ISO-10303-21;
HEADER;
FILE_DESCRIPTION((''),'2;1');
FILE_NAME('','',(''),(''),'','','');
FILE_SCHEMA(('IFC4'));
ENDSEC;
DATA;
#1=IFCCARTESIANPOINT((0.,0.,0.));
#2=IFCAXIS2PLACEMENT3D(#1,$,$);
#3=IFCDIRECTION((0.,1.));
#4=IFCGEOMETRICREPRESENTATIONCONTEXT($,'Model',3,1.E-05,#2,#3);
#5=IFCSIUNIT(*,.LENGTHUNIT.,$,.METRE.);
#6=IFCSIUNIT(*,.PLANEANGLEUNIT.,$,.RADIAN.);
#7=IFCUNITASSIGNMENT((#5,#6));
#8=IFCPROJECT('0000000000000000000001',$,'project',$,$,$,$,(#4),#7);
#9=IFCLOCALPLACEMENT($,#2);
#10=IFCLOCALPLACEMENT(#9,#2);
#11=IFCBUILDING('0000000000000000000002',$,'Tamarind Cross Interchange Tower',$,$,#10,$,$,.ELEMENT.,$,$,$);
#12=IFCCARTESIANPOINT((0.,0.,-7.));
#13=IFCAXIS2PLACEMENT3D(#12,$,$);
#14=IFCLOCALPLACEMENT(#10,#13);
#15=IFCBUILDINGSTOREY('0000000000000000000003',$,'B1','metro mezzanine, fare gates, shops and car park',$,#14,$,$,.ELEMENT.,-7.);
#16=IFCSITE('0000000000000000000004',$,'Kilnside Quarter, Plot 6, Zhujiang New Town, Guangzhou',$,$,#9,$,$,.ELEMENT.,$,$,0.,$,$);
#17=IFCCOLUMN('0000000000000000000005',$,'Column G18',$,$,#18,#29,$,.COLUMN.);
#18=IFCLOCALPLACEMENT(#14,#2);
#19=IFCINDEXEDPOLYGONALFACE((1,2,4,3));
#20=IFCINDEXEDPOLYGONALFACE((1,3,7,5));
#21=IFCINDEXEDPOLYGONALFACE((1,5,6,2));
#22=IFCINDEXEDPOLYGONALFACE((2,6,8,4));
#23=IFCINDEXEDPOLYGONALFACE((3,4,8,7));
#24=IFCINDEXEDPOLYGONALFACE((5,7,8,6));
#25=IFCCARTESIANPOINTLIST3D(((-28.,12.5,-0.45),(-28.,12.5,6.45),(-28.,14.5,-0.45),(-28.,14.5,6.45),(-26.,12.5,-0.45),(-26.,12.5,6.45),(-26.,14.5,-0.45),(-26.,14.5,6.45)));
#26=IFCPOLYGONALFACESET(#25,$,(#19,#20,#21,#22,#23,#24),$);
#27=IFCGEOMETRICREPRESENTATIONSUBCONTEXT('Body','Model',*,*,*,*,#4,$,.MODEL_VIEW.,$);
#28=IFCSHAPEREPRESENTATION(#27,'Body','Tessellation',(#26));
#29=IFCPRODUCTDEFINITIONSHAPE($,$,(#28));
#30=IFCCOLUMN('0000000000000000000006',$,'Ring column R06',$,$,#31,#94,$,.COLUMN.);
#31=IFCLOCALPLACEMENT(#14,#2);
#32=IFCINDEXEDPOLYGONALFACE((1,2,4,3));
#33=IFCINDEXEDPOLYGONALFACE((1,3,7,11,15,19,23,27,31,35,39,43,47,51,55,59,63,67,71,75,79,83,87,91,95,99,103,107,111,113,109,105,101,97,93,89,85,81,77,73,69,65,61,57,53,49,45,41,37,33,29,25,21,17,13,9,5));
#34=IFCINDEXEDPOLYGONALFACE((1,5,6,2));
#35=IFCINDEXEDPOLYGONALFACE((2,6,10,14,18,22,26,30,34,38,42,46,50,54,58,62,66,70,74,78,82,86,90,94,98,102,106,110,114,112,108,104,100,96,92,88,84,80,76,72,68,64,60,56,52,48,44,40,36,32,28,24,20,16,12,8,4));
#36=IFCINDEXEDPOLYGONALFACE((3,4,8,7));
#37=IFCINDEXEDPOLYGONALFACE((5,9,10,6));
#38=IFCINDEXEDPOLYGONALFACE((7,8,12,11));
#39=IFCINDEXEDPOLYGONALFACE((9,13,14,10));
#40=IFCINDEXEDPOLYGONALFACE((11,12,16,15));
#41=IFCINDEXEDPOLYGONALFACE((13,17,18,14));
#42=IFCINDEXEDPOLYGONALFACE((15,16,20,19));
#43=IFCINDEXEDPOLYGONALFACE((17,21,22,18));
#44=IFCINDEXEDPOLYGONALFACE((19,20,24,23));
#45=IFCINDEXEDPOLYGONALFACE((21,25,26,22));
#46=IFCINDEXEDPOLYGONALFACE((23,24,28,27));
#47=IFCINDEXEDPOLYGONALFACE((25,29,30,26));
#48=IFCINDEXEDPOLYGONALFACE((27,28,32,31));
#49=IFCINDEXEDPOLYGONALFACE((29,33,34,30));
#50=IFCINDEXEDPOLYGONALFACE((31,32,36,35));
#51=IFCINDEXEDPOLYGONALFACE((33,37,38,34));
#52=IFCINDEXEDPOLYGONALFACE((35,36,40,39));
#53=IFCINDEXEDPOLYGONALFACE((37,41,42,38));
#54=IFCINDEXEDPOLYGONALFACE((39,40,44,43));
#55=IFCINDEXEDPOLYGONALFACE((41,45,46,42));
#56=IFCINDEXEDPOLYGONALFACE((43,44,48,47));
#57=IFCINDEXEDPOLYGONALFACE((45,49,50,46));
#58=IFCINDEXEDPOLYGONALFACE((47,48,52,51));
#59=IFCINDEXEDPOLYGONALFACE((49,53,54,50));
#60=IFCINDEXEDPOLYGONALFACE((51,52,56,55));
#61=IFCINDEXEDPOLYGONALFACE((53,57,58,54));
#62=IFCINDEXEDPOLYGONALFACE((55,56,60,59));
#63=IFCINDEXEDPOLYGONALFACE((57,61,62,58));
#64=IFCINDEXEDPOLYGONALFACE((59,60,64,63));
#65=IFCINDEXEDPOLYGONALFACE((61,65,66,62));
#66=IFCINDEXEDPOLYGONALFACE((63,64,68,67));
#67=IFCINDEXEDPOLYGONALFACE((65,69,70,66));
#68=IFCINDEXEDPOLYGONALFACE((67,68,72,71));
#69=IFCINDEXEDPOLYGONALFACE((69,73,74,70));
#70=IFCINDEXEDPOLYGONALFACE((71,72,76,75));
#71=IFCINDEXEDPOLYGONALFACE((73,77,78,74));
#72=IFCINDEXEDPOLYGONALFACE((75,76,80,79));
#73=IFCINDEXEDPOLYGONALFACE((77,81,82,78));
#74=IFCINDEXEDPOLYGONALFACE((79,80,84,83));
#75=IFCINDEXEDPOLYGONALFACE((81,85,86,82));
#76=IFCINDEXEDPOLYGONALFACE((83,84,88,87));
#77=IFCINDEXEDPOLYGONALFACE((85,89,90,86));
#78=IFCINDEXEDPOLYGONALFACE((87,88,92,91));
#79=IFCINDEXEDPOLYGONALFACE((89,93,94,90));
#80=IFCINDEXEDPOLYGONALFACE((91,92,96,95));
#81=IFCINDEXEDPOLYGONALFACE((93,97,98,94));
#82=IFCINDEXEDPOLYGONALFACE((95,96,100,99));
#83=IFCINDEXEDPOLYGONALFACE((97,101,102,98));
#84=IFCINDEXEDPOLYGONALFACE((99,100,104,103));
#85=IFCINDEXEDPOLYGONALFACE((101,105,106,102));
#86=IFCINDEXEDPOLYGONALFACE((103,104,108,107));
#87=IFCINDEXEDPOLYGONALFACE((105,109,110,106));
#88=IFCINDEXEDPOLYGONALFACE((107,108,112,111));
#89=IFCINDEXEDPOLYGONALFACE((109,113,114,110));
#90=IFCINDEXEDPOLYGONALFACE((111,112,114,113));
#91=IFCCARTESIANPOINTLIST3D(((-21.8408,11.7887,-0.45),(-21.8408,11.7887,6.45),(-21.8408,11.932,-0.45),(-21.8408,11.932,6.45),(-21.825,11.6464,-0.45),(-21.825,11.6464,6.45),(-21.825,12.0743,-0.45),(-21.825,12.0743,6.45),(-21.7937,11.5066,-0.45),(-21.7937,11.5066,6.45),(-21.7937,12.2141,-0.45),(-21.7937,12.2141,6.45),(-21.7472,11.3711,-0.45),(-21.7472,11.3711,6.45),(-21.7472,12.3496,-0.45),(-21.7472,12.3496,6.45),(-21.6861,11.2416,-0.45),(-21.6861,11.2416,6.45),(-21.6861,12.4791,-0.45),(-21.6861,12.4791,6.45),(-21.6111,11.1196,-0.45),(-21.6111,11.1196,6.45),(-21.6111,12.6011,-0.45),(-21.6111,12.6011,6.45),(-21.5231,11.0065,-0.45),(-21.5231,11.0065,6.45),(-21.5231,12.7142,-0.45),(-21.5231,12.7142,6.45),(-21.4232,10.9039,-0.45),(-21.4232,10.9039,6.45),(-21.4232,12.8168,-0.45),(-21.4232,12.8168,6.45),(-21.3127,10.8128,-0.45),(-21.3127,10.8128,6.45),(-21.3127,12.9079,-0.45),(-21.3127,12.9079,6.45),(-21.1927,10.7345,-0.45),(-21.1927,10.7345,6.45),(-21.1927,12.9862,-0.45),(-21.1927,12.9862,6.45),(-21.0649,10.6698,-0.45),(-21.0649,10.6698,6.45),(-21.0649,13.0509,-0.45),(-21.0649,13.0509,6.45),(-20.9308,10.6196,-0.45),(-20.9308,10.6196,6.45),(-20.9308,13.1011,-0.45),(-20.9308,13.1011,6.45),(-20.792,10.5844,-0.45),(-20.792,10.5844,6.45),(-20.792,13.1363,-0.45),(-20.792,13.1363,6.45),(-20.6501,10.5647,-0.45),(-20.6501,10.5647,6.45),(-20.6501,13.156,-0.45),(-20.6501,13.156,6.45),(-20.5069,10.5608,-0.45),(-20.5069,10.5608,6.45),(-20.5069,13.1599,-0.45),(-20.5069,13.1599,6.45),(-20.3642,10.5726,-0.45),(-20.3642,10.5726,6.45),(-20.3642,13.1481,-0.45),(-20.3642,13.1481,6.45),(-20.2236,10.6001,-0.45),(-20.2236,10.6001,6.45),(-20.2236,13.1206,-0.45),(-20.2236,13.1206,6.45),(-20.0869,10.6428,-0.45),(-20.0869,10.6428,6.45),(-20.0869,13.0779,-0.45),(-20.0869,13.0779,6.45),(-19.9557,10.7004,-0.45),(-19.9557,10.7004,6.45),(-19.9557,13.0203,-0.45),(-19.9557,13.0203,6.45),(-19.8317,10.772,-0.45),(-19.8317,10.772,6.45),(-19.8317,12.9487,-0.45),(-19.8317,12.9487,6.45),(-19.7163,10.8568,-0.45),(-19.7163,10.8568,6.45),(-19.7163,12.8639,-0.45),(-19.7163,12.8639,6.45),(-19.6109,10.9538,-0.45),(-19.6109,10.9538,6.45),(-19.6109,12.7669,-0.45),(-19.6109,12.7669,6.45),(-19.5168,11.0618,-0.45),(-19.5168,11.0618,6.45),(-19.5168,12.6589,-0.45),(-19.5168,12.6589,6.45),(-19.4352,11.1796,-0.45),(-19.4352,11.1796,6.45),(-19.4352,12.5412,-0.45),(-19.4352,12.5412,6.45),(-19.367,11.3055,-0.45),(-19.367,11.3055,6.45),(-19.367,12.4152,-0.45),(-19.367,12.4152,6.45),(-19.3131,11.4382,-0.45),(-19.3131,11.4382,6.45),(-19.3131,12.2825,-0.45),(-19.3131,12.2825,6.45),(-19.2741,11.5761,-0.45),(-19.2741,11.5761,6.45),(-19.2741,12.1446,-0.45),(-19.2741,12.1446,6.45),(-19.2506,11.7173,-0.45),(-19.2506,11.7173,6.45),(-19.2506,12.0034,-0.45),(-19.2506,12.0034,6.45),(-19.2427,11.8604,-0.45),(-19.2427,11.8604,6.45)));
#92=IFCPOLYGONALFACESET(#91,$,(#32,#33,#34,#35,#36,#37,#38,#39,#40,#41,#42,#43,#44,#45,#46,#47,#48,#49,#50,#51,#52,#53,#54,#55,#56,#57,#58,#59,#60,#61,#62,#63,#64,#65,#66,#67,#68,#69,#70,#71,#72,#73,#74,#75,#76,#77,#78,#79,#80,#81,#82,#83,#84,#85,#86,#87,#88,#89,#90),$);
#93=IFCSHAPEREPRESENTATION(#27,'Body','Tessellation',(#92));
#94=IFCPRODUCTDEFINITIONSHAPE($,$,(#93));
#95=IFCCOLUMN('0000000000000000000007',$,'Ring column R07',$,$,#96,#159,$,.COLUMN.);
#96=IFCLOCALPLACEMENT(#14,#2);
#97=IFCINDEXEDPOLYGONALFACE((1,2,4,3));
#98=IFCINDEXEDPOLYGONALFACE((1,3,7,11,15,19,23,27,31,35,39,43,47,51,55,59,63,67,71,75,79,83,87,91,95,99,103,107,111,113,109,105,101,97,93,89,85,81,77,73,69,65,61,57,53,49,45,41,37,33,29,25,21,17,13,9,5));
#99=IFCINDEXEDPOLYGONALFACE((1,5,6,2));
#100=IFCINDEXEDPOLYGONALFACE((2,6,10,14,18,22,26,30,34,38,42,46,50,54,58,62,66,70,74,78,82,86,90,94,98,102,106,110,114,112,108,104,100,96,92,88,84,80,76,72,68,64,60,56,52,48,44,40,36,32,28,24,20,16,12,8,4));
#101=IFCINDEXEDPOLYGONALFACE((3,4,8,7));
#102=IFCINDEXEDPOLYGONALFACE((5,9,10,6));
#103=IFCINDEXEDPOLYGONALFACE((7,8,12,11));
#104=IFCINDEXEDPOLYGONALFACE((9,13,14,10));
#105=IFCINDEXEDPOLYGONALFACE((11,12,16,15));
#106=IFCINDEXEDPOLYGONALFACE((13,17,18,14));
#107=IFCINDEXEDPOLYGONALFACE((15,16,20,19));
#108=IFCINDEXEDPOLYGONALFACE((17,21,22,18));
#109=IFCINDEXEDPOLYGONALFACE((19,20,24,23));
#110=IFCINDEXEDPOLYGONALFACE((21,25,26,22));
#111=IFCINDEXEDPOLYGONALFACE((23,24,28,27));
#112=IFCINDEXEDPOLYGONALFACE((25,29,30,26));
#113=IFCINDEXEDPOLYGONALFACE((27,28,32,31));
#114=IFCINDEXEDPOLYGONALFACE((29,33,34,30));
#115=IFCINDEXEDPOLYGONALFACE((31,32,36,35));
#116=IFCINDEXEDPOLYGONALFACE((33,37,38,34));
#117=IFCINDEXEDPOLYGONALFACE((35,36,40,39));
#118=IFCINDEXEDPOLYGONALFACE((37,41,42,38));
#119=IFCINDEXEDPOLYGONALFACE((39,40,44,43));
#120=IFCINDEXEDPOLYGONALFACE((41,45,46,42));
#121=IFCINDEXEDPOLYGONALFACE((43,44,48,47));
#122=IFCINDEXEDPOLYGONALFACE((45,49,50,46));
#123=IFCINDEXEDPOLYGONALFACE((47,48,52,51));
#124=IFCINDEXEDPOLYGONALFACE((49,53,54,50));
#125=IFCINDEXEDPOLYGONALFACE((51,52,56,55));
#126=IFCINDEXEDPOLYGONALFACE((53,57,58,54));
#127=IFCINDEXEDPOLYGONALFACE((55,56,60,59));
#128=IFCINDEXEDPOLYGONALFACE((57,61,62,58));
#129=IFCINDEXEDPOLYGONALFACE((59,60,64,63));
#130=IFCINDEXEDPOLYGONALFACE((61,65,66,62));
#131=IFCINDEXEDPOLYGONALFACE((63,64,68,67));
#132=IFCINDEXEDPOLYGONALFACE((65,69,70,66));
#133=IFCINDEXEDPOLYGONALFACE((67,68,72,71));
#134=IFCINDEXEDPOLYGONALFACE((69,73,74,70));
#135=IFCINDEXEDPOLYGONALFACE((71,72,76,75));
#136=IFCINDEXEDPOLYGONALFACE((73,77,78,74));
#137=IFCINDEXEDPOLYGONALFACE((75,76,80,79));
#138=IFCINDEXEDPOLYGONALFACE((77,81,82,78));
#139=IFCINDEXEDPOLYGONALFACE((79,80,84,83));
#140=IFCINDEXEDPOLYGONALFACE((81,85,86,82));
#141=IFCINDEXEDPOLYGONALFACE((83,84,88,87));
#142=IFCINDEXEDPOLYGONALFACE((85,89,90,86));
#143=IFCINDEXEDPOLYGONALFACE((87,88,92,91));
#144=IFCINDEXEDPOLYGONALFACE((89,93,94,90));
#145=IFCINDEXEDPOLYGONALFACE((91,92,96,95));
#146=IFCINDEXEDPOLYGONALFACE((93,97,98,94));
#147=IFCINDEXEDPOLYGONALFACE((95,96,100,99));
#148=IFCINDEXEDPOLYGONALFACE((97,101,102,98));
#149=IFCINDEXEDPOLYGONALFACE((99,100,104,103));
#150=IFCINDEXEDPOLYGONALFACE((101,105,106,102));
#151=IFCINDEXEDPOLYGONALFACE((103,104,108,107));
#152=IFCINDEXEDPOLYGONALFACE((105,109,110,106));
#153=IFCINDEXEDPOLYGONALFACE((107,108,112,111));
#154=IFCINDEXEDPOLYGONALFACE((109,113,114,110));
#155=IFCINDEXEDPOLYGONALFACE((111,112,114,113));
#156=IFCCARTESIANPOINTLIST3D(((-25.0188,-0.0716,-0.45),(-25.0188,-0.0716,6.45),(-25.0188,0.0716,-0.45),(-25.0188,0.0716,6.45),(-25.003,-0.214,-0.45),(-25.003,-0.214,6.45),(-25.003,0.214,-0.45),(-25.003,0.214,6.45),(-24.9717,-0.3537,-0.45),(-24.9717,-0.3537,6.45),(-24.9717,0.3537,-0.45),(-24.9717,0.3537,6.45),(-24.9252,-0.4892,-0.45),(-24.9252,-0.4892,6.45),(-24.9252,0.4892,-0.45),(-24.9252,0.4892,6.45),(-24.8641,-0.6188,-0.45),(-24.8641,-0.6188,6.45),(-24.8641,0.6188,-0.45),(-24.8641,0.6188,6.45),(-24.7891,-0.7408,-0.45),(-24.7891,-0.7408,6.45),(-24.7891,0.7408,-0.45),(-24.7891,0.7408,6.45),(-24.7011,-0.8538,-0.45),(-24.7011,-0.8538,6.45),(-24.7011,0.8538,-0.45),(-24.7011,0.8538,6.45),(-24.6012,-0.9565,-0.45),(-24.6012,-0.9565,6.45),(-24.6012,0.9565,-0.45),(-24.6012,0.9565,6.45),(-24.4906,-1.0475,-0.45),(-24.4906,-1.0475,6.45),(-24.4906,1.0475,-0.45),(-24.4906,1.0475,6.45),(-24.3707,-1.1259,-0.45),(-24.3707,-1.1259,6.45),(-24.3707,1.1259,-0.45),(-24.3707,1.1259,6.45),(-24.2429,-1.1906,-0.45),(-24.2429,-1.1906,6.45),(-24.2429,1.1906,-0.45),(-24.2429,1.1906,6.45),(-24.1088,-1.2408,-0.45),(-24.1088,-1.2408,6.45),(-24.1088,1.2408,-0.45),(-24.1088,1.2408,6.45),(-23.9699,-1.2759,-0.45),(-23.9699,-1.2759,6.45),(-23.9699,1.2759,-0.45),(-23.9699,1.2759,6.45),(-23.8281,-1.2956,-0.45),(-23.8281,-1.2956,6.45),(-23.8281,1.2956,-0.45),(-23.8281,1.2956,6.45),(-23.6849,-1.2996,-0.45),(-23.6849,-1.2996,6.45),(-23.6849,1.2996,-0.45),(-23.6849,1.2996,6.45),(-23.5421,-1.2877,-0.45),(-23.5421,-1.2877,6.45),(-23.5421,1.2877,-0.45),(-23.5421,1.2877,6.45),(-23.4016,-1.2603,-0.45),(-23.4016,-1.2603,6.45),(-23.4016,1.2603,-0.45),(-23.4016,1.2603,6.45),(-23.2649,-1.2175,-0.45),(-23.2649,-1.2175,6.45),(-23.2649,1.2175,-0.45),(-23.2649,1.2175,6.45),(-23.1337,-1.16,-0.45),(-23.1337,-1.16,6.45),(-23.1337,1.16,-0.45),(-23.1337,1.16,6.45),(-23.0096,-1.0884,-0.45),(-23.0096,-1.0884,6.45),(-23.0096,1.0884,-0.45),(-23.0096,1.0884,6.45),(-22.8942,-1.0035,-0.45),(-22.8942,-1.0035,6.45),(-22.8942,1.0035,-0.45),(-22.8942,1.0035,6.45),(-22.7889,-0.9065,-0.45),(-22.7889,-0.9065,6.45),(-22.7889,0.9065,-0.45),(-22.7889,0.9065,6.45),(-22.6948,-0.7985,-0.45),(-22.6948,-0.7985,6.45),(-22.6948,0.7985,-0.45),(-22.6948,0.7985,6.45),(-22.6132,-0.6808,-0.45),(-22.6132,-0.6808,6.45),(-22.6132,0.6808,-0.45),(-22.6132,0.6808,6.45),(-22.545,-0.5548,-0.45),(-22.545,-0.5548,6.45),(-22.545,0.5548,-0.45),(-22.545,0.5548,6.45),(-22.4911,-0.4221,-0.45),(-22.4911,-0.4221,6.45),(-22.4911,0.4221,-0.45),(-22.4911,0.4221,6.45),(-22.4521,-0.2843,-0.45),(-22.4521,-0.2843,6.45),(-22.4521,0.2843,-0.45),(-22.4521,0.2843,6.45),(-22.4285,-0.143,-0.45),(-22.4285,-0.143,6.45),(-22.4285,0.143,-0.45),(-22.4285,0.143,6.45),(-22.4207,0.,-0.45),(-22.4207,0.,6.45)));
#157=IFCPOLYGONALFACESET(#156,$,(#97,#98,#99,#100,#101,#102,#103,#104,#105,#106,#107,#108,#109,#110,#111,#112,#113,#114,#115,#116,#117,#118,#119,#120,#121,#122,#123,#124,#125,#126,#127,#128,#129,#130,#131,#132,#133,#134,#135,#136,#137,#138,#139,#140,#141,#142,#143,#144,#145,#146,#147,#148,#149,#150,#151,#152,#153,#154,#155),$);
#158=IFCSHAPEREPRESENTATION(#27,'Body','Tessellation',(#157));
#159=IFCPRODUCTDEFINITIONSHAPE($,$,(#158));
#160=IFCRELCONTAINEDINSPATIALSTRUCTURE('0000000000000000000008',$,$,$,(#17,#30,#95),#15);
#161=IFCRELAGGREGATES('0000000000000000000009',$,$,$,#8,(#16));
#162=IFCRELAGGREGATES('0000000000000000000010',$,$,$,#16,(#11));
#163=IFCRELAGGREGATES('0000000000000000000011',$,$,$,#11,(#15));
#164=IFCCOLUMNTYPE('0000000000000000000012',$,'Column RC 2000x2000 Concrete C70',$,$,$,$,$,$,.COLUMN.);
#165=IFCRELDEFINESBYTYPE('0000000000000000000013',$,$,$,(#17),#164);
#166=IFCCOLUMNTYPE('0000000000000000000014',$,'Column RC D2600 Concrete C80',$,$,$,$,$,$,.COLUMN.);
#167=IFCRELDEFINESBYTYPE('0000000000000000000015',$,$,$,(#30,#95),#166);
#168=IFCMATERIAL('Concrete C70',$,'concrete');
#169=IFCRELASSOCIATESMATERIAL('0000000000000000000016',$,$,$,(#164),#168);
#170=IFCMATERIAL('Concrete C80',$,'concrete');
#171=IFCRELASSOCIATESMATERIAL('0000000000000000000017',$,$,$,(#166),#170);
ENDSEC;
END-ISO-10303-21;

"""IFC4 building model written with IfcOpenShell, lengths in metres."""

from ifc_helpers import new_model, si_unit, direction, frame, origin, origin_2d, place, context, subcontext, project, spatial, rectangle, circle, extrude, material, material_profile, profile_set, type_object, element, save


model = new_model("IFC4")

# Units and contexts
model_context = context("Model", 3, precision=1e-05, world=origin(), true_north=direction((0.0, 1.0)))
body_context = subcontext(model_context, "Body", "Model", "MODEL_VIEW")
ifc_project = project(units=[si_unit("LENGTHUNIT", "METRE"), si_unit("PLANEANGLEUNIT", "RADIAN")], contexts=[model_context])

# Site, building, storey
site_placement = place(None, origin())
site = spatial("IfcSite", under=ifc_project, at=site_placement, Name="Kilnside Quarter, Plot 6, Zhujiang New Town, Guangzhou", CompositionType="ELEMENT", RefElevation=0.0)
building_placement = place(site_placement, origin())
building = spatial("IfcBuilding", under=site, at=building_placement, Name="Tamarind Cross Interchange Tower", CompositionType="ELEMENT")
storey_placement = place(building_placement, frame((0.0, 0.0, -7.0)))
storey = spatial("IfcBuildingStorey", under=building, at=storey_placement, Name="B1", Description="metro mezzanine, fare gates, shops and car park", CompositionType="ELEMENT", Elevation=-7.0)

# Columns
ifc_material_1 = material(Name="Concrete C70", Category="concrete")
ifc_material_profile_1 = material_profile(ifc_material_1, rectangle(XDim=2.0, YDim=2.0, at=origin_2d()), Name="RC 2000x2000")
ifc_profile_set_1 = profile_set([ifc_material_profile_1], Name="Concrete C70")
column_type_1 = type_object("IfcColumnType", Name="Column RC 2000x2000 Concrete C70", PredefinedType="COLUMN", material=ifc_profile_set_1)
column_placement = place(storey_placement, frame((-27.0, 13.5, -0.45), z_axis=(0.0, 0.0, 1.0), x_axis=(1.0, 0.0, 0.0)))
element("IfcColumn", 1, at=column_placement, inside=storey, type_object=column_type_1, Name="Column G18", PredefinedType="COLUMN", context=body_context, shape_type="SweptSolid", body=[
    extrude(rectangle(XDim=2.0, YDim=2.0, at=origin_2d()), origin(), (0.0, 0.0, 1.0), 6.8999),
])
ifc_material_2 = material(Name="Concrete C80", Category="concrete")
ifc_material_profile_2 = material_profile(ifc_material_2, circle(Radius=1.3, at=origin_2d()), Name="RC D2600")
ifc_profile_set_2 = profile_set([ifc_material_profile_2], Name="Concrete C80")
column_type_2 = type_object("IfcColumnType", Name="Column RC D2600 Concrete C80", PredefinedType="COLUMN", material=ifc_profile_set_2)
for number, where, z_axis, x_axis, name in (
    (2, (-20.5427, 11.8604, -0.45), (0.0, 0.0, 1.0), (1.0, 0.0, 0.0), "Ring column R06"),
    (3, (-23.7207, 0.0, -0.45), (0.0, 0.0, 1.0), (1.0, 0.0, 0.0), "Ring column R07"),
):
    element("IfcColumn", number, at=place(storey_placement, frame(where, z_axis=z_axis, x_axis=x_axis)), inside=storey, type_object=column_type_2, Name=name, PredefinedType="COLUMN", context=body_context, shape_type="SweptSolid", body=[
        extrude(circle(Radius=1.3, at=origin_2d()), origin(), (0.0, 0.0, 1.0), 6.8999),
    ])

save(model, "model.ifc")
